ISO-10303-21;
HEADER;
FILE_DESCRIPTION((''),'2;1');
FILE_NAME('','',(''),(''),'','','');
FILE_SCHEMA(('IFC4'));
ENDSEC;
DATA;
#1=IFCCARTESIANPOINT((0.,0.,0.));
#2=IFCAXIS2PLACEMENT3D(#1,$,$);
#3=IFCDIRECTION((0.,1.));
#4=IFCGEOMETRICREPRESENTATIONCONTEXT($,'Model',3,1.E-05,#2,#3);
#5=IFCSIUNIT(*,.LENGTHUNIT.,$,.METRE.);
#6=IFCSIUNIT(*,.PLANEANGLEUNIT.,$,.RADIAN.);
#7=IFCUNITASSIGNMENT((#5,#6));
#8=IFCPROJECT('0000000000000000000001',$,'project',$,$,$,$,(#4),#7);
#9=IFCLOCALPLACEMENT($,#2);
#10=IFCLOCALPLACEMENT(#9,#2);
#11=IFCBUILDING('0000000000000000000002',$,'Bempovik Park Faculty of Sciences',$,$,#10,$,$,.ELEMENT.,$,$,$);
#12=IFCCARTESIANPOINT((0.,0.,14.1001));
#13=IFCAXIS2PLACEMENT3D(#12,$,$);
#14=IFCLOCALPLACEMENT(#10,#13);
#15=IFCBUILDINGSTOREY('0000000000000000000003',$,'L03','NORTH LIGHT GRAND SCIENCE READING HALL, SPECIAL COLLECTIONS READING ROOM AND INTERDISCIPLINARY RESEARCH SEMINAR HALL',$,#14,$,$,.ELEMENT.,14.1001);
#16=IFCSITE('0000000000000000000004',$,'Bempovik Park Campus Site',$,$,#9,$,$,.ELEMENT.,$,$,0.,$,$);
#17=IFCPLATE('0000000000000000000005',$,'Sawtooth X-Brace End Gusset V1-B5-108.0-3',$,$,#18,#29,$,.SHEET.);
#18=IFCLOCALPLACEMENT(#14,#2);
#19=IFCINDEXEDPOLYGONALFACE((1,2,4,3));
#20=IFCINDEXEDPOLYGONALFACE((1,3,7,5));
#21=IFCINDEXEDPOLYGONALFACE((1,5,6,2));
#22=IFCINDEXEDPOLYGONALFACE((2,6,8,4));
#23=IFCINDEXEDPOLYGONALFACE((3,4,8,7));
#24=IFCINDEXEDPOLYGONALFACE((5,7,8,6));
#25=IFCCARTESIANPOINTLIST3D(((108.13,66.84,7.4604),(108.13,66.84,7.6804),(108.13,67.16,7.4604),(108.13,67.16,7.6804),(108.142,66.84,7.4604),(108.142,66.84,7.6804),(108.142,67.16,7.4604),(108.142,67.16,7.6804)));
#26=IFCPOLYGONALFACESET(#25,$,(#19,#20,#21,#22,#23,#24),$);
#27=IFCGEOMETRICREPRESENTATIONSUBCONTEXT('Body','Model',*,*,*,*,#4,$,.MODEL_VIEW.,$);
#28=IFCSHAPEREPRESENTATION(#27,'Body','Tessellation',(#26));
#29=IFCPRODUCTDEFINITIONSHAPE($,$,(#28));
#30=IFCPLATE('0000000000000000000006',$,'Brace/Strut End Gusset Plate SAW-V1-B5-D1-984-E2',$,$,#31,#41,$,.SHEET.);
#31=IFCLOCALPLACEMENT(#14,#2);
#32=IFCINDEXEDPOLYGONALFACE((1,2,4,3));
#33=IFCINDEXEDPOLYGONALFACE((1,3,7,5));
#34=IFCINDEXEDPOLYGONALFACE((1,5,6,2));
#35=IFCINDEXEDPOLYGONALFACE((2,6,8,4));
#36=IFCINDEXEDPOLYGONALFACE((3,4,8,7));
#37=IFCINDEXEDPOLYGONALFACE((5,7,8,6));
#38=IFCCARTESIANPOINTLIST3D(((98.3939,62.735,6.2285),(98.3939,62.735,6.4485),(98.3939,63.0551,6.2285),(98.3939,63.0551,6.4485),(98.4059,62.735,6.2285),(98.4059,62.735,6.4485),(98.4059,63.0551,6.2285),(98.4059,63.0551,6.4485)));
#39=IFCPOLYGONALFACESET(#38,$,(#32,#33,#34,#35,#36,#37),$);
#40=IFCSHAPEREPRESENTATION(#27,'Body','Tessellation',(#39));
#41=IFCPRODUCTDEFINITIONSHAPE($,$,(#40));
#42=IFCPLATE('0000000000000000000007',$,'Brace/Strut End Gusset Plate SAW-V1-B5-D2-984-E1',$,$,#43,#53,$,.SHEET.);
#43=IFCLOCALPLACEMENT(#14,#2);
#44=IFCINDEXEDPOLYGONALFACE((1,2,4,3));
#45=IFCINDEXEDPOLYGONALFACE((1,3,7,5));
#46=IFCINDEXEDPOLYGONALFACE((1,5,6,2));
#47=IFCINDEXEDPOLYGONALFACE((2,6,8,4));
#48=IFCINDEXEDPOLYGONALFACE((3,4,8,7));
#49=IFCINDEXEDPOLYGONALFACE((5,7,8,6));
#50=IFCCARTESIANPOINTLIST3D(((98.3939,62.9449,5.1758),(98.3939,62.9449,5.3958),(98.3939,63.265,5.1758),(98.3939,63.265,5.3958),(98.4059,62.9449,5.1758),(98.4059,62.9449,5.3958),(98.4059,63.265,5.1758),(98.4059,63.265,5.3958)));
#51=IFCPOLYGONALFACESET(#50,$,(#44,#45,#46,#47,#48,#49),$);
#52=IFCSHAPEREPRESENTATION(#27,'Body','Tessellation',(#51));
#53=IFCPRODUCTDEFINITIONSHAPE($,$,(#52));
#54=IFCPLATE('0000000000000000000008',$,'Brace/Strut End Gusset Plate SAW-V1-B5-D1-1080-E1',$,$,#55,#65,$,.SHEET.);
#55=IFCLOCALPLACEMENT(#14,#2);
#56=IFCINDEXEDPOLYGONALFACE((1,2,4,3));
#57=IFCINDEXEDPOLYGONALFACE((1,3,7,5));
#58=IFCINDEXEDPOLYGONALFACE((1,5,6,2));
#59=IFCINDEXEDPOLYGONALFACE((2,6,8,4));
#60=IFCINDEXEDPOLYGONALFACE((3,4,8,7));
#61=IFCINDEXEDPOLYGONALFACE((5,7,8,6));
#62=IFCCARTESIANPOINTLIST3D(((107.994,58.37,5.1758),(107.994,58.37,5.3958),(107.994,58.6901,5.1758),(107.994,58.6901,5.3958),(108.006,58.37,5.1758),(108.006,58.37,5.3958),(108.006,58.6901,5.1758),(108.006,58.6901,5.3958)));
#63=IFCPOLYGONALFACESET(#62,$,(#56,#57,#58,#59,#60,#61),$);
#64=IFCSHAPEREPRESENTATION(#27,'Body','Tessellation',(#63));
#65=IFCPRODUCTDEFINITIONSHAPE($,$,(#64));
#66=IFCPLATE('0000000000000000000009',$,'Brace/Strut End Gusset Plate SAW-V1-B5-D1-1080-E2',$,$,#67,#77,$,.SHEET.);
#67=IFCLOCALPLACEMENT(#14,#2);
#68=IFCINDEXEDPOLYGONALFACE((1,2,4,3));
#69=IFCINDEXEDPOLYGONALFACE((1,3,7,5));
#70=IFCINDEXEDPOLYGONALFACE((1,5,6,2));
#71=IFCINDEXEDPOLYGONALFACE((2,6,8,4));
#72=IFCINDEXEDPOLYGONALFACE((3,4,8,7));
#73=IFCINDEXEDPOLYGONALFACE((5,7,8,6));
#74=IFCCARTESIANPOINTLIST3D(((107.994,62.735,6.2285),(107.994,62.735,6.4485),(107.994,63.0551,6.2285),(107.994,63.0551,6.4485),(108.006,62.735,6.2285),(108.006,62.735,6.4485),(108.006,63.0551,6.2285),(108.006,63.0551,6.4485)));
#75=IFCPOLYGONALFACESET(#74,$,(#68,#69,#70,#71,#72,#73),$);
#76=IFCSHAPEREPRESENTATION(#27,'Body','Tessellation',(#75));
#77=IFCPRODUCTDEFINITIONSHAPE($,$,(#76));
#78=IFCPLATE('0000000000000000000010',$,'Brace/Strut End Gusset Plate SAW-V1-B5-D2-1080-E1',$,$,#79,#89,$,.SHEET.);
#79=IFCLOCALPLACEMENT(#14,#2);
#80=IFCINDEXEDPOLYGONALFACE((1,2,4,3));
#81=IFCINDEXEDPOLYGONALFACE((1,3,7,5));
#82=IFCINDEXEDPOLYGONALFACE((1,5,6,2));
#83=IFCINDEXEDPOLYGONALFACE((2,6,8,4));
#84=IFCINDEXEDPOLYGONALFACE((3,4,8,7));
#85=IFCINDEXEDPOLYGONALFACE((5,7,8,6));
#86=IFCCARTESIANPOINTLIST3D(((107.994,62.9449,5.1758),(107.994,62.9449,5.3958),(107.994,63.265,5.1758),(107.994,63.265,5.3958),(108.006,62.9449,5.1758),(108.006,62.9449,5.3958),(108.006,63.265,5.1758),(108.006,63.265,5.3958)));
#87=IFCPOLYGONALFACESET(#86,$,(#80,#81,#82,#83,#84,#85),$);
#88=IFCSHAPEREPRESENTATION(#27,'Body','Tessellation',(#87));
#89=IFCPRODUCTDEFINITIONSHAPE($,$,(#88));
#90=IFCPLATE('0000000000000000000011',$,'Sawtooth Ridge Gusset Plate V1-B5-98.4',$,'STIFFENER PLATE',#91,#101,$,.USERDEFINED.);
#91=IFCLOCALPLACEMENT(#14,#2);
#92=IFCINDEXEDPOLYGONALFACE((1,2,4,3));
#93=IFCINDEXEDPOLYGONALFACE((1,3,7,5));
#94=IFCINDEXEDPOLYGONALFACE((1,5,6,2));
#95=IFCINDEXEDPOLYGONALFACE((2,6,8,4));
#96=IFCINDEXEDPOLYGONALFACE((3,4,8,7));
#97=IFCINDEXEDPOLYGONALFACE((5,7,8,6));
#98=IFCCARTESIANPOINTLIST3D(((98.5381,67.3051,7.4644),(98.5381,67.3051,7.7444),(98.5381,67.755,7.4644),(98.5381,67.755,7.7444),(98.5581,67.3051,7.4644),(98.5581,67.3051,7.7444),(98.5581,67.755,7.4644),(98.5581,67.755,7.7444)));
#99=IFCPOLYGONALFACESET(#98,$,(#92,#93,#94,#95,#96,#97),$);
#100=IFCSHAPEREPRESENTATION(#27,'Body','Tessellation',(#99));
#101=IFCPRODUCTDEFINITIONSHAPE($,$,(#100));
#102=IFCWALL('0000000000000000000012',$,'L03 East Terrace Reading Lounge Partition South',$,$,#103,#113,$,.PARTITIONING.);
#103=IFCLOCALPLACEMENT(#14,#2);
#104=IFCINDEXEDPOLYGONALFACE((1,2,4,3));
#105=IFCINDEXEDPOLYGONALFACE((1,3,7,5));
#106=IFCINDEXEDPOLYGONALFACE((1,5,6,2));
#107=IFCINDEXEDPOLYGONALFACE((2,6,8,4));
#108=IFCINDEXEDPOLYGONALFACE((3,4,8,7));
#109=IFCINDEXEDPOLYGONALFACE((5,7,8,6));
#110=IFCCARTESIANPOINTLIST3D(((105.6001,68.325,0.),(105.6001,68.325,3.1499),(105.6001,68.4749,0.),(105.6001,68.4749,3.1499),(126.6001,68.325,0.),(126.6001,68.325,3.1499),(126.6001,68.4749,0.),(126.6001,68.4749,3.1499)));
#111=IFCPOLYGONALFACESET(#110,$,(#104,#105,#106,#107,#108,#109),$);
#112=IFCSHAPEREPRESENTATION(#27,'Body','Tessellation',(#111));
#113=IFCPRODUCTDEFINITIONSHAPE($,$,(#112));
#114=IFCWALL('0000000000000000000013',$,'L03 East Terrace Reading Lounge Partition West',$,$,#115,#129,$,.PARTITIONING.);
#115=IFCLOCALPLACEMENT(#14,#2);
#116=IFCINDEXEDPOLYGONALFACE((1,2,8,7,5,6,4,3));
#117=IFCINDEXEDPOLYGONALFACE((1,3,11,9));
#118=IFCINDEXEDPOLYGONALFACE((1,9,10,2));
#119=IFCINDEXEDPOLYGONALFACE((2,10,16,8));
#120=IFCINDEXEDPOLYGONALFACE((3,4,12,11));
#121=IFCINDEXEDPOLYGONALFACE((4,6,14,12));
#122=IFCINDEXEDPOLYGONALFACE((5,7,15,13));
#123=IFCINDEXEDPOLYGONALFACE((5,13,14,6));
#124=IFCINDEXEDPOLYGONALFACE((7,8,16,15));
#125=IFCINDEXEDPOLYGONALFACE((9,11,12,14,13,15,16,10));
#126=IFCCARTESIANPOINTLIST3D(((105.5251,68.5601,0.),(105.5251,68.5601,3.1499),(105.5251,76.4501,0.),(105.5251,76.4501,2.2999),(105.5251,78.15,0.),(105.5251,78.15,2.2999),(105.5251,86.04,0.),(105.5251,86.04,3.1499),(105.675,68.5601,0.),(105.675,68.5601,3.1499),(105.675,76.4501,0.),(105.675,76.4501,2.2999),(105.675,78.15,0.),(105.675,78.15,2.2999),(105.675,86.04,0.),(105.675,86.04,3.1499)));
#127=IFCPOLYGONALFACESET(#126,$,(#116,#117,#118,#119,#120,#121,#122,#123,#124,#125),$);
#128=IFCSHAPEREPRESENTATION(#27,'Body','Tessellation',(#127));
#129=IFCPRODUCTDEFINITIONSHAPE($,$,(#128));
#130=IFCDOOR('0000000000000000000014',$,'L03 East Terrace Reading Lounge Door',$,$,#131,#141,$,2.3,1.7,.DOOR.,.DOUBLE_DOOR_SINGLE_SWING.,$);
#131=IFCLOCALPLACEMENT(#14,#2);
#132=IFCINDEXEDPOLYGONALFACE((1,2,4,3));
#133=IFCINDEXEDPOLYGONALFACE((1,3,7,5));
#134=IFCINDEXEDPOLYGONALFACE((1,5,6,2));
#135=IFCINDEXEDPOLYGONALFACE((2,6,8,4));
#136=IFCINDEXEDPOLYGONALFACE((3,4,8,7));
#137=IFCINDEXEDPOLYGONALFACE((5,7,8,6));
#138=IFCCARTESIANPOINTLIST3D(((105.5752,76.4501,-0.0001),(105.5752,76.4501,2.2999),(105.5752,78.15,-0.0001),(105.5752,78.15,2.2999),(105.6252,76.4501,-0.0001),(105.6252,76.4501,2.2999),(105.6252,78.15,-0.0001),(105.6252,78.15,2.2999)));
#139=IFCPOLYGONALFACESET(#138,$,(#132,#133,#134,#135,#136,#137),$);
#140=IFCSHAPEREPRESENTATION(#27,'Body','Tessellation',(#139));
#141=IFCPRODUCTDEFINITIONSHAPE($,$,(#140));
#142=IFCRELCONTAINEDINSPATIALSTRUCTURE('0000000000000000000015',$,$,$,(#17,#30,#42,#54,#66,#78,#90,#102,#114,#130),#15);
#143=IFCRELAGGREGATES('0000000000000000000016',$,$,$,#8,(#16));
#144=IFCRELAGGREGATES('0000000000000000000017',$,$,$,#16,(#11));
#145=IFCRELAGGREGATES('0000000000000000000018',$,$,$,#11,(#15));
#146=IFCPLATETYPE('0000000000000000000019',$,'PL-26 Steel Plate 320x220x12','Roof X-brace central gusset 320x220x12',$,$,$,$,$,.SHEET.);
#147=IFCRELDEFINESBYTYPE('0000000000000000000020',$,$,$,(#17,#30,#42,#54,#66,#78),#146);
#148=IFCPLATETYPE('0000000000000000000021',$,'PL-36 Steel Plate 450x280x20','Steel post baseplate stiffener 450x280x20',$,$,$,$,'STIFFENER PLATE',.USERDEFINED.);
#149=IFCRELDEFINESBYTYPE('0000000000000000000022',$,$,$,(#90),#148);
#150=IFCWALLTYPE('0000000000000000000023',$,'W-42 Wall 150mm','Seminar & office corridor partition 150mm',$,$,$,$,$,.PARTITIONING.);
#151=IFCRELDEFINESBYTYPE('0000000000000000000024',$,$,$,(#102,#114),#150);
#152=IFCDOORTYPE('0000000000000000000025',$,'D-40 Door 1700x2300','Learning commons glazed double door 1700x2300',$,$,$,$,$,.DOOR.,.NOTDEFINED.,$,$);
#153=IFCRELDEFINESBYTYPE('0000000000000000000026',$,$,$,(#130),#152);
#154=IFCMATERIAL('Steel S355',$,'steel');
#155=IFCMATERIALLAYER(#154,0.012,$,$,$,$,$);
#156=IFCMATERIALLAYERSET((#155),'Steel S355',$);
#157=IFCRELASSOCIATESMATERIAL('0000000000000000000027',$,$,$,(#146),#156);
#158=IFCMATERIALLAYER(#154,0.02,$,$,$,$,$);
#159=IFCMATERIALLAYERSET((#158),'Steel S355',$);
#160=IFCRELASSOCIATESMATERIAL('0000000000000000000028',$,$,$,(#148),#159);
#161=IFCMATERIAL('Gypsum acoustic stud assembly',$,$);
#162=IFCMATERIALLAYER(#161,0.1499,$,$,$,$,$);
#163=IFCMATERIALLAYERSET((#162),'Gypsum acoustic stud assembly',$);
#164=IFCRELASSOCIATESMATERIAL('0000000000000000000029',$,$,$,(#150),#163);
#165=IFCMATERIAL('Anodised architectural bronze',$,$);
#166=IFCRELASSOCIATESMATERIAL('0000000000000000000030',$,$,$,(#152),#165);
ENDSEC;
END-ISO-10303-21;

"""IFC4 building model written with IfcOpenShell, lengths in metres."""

from ifc_helpers import new_model, si_unit, direction, frame, frame_2d, origin, origin_2d, place, context, subcontext, project, spatial, rectangle, extrude, material, layer, layer_set, type_object, element, fill, save


model = new_model("IFC4")

# Units and contexts
model_context = context("Model", 3, precision=1e-05, world=origin(), true_north=direction((0.0, 1.0)))
body_context = subcontext(model_context, "Body", "Model", "MODEL_VIEW")
ifc_project = project(units=[si_unit("LENGTHUNIT", "METRE"), si_unit("PLANEANGLEUNIT", "RADIAN")], contexts=[model_context])

# Site, building, storey
site_placement = place(None, origin())
site = spatial("IfcSite", under=ifc_project, at=site_placement, Name="Bempovik Park Campus Site", CompositionType="ELEMENT", RefElevation=0.0)
building_placement = place(site_placement, origin())
building = spatial("IfcBuilding", under=site, at=building_placement, Name="Bempovik Park Faculty of Sciences", CompositionType="ELEMENT")
storey_placement = place(building_placement, frame((0.0, 0.0, 14.1001)))
storey = spatial("IfcBuildingStorey", under=building, at=storey_placement, Name="L03", Description="NORTH LIGHT GRAND SCIENCE READING HALL, SPECIAL COLLECTIONS READING ROOM AND INTERDISCIPLINARY RESEARCH SEMINAR HALL", CompositionType="ELEMENT", Elevation=14.1001)

# Shared definitions
ifc_material_1 = material(Name="Steel S355", Category="steel")

# Plates
ifc_layer_1 = layer(ifc_material_1, 0.012)
ifc_layer_set_1 = layer_set([ifc_layer_1], Name="Steel S355")
plate_type_1 = type_object("IfcPlateType", Name="PL-26 Steel Plate 320x220x12", Description="Roof X-brace central gusset 320x220x12", PredefinedType="SHEET", material=ifc_layer_set_1)
for number, where, z_axis, x_axis, name in (
    (1, (108.136, 67.0, 7.4604), (0.0, 0.0, 1.0), (1.0, 0.0, 0.0), "Sawtooth X-Brace End Gusset V1-B5-108.0-3"),
    (2, (98.3999, 62.895, 6.2285), (0.0, 0.0, 1.0), (1.0, 0.0, 0.0), "Brace/Strut End Gusset Plate SAW-V1-B5-D1-984-E2"),
    (3, (98.3999, 63.105, 5.1758), (0.0, 0.0, 1.0), (1.0, 0.0, 0.0), "Brace/Strut End Gusset Plate SAW-V1-B5-D2-984-E1"),
    (4, (108.0, 58.53, 5.1758), (0.0, 0.0, 1.0), (1.0, 0.0, 0.0), "Brace/Strut End Gusset Plate SAW-V1-B5-D1-1080-E1"),
    (5, (108.0, 62.895, 6.2285), (0.0, 0.0, 1.0), (1.0, 0.0, 0.0), "Brace/Strut End Gusset Plate SAW-V1-B5-D1-1080-E2"),
    (6, (108.0, 63.105, 5.1758), (0.0, 0.0, 1.0), (1.0, 0.0, 0.0), "Brace/Strut End Gusset Plate SAW-V1-B5-D2-1080-E1"),
):
    element("IfcPlate", number, at=place(storey_placement, frame(where, z_axis=z_axis, x_axis=x_axis)), inside=storey, type_object=plate_type_1, Name=name, PredefinedType="SHEET", context=body_context, shape_type="SweptSolid", body=[
        extrude(rectangle(XDim=0.012, YDim=0.3201, at=origin_2d()), origin(), (0.0, 0.0, 1.0), 0.22),
    ])
ifc_layer_2 = layer(ifc_material_1, 0.02)
ifc_layer_set_2 = layer_set([ifc_layer_2], Name="Steel S355")
plate_type_2 = type_object("IfcPlateType", Name="PL-36 Steel Plate 450x280x20", Description="Steel post baseplate stiffener 450x280x20", ElementType="STIFFENER PLATE", PredefinedType="USERDEFINED", material=ifc_layer_set_2)
plate_placement = place(storey_placement, frame((98.5481, 67.53, 7.4644), z_axis=(0.0, 0.0, 1.0), x_axis=(1.0, 0.0, 0.0)))
element("IfcPlate", 7, at=plate_placement, inside=storey, type_object=plate_type_2, Name="Sawtooth Ridge Gusset Plate V1-B5-98.4", ObjectType="STIFFENER PLATE", PredefinedType="USERDEFINED", context=body_context, shape_type="SweptSolid", body=[
    extrude(rectangle(XDim=0.02, YDim=0.45, at=origin_2d()), origin(), (0.0, 0.0, 1.0), 0.28),
])

# Wall
ifc_material_2 = material(Name="Gypsum acoustic stud assembly")
ifc_layer_3 = layer(ifc_material_2, 0.1499)
ifc_layer_set_3 = layer_set([ifc_layer_3], Name="Gypsum acoustic stud assembly")
wall_type = type_object("IfcWallType", Name="W-42 Wall 150mm", Description="Seminar & office corridor partition 150mm", PredefinedType="PARTITIONING", material=ifc_layer_set_3)
wall_1_placement = place(storey_placement, frame((105.6001, 68.3999, 0.0), z_axis=(0.0, 0.0, 1.0), x_axis=(1.0, 0.0, 0.0)))
element("IfcWall", 8, at=wall_1_placement, inside=storey, type_object=wall_type, Name="L03 East Terrace Reading Lounge Partition South", PredefinedType="PARTITIONING", context=body_context, shape_type="SweptSolid", body=[
    extrude(rectangle(XDim=21.0, YDim=0.1499, at=frame_2d((10.5, 0.0))), origin(), (0.0, 0.0, 1.0), 3.1499),
])

# Wall, opening, door
wall_2_placement = place(storey_placement, frame((105.6001, 68.5601, 0.0), z_axis=(0.0, 0.0, 1.0), x_axis=(0.0, 1.0, 0.0)))
wall_2 = element("IfcWall", 9, at=wall_2_placement, inside=storey, type_object=wall_type, Name="L03 East Terrace Reading Lounge Partition West", PredefinedType="PARTITIONING", context=body_context, shape_type="SweptSolid", body=[
    extrude(rectangle(XDim=17.48, YDim=0.1499, at=frame_2d((8.74, 0.0))), origin(), (0.0, 0.0, 1.0), 3.1499),
])
opening_placement = place(wall_2_placement, frame((7.8899, 0.0, 0.0)))
opening = element("IfcOpeningElement", 10, at=opening_placement, cuts=wall_2, PredefinedType="OPENING", context=body_context, shape_type="SweptSolid", body=[
    extrude(rectangle(XDim=1.7, YDim=2.3, at=frame_2d((0.8501, 1.1499))), frame((0.0, 0.085, 0.0), z_axis=(0.0, -1.0, 0.0), x_axis=(1.0, 0.0, 0.0)), (0.0, 0.0, 1.0), 0.1699),
])
ifc_material_3 = material(Name="Anodised architectural bronze")
door_type = type_object("IfcDoorType", Name="D-40 Door 1700x2300", Description="Learning commons glazed double door 1700x2300", OperationType="NOTDEFINED", PredefinedType="DOOR", material=ifc_material_3)
door_placement = place(opening_placement, origin())
door = element("IfcDoor", 11, at=door_placement, inside=storey, type_object=door_type, Name="L03 East Terrace Reading Lounge Door", OperationType="DOUBLE_DOOR_SINGLE_SWING", OverallHeight=2.3, OverallWidth=1.7, PredefinedType="DOOR", context=body_context, shape_type="SweptSolid", body=[
    extrude(rectangle(XDim=1.7, YDim=2.3, at=frame_2d((0.8501, 1.1499))), frame((0.0, 0.0249, 0.0), z_axis=(0.0, -1.0, 0.0), x_axis=(1.0, 0.0, 0.0)), (0.0, 0.0, 1.0), 0.05),
])
fill(opening, door)

save(model, "model.ifc")
